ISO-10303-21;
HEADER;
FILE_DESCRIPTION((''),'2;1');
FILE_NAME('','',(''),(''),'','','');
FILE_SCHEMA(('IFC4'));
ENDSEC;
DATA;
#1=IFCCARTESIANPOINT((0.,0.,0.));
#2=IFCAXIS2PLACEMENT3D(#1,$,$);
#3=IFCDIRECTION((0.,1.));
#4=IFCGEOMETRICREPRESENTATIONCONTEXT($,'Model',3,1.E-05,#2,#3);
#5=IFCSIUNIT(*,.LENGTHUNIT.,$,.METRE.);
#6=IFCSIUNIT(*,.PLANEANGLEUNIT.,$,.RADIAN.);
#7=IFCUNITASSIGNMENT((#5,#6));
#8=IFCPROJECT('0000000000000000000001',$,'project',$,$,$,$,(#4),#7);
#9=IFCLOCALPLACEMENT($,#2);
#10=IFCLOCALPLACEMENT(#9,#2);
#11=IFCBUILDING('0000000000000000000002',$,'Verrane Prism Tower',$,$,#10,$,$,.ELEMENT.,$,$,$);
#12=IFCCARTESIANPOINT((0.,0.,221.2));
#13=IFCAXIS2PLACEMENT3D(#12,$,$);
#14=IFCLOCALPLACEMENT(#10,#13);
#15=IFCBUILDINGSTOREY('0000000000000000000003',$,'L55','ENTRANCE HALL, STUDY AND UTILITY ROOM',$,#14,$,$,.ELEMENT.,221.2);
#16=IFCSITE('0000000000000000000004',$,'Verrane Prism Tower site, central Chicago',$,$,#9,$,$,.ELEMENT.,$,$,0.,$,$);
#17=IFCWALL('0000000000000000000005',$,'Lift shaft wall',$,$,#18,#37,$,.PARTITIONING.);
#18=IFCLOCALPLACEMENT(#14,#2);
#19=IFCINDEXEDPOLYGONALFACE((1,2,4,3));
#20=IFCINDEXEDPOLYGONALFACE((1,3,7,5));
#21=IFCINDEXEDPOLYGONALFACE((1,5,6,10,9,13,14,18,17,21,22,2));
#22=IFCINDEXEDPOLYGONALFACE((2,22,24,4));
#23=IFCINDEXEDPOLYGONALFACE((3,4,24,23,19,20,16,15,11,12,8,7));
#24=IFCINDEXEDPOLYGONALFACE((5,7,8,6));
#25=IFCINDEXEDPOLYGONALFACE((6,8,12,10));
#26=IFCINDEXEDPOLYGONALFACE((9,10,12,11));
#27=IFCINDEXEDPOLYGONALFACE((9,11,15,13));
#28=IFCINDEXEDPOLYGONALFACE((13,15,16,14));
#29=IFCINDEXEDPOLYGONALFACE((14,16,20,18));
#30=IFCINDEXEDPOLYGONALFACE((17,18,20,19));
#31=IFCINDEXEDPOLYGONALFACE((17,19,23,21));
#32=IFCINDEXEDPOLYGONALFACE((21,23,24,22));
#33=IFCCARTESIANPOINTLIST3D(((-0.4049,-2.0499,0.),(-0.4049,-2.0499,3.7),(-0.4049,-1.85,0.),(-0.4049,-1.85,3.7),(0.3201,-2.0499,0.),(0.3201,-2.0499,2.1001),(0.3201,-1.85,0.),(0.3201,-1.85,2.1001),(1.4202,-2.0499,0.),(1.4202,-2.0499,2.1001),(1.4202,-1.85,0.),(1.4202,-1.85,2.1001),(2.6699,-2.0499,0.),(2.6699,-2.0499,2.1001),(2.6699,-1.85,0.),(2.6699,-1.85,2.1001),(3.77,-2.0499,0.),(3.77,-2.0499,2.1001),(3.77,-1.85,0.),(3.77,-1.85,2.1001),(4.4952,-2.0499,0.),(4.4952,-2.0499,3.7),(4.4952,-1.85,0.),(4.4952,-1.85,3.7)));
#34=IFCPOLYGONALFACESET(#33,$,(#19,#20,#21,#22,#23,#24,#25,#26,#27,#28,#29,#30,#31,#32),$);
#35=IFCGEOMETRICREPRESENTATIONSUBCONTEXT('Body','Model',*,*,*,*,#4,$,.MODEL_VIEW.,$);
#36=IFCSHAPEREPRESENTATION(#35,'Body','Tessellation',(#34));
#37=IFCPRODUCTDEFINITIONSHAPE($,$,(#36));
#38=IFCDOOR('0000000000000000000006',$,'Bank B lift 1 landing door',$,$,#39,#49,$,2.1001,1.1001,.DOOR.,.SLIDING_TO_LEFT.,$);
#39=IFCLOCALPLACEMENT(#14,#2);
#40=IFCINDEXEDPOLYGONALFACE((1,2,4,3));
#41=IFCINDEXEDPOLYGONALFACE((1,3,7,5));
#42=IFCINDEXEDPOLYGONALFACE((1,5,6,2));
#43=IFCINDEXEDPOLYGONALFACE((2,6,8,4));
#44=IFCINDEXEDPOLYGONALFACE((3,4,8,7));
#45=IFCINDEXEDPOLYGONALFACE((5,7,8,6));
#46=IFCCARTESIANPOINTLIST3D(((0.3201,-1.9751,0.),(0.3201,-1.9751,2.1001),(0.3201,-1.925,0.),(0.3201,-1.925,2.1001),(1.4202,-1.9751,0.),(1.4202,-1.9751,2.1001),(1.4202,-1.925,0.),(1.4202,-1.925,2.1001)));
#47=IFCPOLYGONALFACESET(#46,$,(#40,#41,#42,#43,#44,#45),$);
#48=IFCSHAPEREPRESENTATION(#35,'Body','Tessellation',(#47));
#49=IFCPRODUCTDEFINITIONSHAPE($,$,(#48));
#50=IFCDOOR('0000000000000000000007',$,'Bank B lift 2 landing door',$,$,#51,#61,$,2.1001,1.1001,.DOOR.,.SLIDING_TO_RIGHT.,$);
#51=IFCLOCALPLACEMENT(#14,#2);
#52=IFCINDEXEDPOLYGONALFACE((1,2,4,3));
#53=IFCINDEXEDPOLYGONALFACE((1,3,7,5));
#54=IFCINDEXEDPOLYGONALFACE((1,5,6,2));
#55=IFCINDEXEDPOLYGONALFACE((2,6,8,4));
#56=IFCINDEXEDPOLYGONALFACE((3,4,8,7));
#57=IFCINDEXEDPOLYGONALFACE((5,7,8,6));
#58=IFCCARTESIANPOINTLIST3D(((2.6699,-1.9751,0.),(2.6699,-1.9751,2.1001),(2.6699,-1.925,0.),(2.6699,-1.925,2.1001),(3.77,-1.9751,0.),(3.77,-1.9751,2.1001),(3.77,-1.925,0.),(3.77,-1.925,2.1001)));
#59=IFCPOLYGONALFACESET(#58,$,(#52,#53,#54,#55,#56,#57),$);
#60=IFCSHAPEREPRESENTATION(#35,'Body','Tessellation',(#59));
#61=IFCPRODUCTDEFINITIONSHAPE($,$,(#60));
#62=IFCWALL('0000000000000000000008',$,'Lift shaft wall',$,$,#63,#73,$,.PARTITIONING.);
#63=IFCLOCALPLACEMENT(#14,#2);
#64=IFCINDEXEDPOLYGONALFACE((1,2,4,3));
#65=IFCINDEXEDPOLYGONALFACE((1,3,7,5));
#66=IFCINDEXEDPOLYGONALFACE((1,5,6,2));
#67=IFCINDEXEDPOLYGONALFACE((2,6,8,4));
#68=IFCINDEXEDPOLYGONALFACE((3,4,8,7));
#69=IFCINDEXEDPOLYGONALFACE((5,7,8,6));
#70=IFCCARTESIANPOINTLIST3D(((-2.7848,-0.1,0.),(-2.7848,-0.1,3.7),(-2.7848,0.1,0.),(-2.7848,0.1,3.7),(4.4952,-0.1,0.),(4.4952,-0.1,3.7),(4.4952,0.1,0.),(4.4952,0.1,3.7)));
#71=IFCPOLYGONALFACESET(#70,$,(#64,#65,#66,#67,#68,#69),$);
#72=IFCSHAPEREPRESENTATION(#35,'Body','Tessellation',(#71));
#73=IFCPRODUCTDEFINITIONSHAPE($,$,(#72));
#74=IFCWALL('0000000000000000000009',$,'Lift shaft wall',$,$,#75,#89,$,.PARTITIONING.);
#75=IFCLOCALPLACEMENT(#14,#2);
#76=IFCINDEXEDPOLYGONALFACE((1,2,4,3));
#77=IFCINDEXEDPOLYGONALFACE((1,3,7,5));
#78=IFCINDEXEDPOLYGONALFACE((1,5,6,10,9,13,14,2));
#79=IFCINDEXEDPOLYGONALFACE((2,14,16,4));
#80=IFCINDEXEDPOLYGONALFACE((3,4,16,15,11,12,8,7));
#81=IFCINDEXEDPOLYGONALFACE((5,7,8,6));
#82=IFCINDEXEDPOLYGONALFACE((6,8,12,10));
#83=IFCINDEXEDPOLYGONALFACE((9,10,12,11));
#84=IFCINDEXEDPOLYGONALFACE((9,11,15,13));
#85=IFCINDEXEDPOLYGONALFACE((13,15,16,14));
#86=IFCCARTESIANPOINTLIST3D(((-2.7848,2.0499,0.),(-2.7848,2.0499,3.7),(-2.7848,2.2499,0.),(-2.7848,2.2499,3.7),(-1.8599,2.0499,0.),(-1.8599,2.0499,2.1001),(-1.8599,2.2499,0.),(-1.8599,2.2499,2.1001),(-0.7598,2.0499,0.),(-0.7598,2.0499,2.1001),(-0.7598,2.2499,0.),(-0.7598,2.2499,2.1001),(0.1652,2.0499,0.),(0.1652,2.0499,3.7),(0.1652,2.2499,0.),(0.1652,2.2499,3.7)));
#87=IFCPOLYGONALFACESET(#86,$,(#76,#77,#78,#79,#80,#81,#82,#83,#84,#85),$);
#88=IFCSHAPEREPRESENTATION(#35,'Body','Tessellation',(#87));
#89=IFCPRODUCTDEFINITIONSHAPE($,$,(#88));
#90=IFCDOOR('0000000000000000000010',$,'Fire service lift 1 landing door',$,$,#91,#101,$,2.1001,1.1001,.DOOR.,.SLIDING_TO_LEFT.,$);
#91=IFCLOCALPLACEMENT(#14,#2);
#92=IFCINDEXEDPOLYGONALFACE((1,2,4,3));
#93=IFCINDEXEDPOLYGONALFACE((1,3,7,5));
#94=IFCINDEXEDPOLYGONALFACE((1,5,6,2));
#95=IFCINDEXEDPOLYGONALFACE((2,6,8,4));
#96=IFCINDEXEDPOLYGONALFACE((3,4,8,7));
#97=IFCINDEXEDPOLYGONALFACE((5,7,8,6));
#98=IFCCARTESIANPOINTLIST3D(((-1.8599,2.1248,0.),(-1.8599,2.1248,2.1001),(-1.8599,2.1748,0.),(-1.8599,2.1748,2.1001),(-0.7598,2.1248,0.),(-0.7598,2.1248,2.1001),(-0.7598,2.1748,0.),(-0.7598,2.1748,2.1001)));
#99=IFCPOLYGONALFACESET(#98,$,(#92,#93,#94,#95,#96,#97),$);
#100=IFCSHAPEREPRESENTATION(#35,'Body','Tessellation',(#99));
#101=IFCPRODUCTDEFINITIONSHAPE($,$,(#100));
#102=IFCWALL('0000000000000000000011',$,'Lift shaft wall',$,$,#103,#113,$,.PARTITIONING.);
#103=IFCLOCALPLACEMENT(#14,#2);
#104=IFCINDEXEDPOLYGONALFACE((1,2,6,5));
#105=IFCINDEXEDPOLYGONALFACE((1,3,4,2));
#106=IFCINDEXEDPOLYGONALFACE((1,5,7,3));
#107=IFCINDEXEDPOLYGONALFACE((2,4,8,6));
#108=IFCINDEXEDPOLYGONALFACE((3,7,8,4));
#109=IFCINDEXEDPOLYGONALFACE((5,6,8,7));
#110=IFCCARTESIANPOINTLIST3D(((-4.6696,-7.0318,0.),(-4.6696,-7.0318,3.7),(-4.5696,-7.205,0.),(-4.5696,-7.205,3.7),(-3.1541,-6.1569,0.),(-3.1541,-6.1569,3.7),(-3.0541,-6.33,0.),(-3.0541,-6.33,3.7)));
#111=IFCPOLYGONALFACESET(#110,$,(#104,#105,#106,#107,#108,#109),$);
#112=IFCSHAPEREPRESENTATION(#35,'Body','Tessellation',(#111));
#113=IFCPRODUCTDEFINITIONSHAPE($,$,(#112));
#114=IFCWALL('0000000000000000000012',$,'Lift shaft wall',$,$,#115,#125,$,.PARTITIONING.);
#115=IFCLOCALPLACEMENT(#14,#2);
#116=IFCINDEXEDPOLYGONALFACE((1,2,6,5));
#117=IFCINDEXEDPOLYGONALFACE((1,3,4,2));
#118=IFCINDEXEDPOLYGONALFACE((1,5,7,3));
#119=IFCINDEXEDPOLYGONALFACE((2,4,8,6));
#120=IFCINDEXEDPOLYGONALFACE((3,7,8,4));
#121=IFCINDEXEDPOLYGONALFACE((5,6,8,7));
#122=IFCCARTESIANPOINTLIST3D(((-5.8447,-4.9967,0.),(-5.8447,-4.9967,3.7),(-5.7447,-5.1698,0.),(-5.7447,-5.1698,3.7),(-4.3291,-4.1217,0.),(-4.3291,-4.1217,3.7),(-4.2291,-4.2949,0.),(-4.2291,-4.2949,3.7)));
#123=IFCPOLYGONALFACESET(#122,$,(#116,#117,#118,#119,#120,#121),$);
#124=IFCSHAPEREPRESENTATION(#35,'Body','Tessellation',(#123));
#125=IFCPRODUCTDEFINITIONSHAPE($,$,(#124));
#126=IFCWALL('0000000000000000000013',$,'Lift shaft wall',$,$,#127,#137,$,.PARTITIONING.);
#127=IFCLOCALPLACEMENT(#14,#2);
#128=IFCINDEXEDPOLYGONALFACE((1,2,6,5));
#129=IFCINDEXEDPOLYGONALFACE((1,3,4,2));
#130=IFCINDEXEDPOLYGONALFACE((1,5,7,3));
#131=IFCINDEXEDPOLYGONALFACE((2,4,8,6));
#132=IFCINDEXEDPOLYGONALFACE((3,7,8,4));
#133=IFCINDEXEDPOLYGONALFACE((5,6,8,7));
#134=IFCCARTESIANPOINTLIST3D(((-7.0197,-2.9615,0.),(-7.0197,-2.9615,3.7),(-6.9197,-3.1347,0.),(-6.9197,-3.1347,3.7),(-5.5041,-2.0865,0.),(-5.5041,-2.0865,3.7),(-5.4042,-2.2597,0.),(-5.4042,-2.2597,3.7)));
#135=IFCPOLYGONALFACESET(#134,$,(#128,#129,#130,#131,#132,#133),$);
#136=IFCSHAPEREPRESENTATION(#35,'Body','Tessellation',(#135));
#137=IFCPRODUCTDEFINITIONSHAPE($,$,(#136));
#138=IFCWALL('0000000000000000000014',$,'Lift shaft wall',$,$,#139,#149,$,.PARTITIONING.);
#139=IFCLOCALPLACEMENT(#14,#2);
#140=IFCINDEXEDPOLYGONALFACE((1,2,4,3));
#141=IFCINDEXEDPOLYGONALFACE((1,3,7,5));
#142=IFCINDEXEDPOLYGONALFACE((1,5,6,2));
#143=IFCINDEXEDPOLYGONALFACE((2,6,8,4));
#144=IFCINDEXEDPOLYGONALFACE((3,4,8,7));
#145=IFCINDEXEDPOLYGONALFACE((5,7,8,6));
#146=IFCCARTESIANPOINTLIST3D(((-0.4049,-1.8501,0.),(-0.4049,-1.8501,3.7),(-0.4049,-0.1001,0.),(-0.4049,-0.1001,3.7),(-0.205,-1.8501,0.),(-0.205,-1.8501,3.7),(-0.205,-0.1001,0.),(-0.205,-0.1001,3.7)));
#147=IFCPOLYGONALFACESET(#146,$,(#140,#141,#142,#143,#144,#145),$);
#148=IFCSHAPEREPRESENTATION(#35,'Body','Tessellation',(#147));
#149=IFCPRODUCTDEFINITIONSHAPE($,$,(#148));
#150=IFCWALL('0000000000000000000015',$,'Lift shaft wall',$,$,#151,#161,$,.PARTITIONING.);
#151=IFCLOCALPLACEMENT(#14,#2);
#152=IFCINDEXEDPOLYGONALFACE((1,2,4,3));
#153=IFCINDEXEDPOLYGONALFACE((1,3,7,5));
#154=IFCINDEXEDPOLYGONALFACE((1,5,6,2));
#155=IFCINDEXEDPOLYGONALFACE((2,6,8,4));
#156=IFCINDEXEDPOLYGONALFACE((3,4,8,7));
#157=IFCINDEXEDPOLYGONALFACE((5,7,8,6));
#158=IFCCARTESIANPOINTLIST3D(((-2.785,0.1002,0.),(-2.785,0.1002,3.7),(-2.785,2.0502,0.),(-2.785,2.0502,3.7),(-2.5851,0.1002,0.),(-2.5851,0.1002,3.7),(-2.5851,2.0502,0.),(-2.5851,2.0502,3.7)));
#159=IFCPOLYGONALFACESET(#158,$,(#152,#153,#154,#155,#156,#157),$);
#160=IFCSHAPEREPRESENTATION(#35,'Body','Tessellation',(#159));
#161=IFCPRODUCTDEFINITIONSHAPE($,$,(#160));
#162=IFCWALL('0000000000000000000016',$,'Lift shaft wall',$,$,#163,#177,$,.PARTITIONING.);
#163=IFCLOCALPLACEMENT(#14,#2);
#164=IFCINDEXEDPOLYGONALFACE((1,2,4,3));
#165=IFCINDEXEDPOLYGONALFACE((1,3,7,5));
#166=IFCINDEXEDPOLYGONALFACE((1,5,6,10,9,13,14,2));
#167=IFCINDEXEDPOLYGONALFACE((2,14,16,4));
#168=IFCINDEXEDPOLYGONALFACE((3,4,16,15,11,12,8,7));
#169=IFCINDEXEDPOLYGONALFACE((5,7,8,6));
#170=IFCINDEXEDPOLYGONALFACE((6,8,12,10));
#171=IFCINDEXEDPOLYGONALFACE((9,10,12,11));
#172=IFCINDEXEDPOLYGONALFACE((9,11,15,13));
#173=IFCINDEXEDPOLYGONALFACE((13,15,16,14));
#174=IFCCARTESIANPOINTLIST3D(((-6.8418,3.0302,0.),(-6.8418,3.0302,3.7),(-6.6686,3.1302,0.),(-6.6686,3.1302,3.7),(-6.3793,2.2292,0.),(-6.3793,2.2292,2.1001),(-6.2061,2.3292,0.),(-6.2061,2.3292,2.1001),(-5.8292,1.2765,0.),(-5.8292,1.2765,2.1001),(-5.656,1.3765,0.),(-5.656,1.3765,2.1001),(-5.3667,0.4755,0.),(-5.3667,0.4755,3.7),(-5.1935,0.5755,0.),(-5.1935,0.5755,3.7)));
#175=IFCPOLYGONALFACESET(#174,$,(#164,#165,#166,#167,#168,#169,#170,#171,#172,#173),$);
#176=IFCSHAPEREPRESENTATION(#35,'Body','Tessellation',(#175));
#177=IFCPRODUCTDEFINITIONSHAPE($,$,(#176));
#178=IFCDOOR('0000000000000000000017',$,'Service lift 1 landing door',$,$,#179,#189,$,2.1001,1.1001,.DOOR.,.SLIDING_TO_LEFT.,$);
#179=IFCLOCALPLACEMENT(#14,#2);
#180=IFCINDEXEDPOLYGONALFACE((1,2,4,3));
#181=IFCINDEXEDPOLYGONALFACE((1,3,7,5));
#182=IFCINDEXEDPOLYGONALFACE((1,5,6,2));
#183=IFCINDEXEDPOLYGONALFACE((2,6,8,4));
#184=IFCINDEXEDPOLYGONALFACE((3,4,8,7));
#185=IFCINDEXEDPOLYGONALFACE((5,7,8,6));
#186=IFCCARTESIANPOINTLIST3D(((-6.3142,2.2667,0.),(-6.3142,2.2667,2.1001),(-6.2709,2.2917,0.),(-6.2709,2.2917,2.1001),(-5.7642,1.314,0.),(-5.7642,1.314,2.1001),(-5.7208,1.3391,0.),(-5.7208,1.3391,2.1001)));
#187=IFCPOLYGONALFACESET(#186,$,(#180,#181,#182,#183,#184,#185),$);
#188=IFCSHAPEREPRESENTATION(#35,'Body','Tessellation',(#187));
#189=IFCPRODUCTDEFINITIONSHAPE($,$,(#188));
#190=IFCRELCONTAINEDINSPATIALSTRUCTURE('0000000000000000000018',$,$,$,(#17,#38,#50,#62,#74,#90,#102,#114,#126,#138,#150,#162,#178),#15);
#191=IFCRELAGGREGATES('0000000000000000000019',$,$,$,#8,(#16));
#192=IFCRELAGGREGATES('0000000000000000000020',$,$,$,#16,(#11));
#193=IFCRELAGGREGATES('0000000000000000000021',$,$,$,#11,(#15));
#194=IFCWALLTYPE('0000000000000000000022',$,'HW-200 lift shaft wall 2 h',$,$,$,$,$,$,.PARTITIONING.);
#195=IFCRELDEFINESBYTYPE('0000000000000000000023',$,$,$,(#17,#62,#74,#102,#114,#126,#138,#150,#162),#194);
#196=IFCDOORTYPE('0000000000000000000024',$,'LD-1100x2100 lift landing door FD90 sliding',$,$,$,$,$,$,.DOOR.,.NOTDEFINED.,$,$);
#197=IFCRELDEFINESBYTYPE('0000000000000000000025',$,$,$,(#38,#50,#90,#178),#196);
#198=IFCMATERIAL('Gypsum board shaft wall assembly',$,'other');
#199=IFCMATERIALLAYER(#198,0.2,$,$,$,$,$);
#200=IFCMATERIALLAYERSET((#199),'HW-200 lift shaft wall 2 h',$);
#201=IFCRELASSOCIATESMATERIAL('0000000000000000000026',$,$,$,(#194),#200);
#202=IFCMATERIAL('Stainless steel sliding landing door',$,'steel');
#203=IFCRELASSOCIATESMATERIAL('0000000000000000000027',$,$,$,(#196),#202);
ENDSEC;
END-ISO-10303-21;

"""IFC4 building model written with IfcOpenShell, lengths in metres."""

from ifc_helpers import new_model, si_unit, direction, frame, frame_2d, origin, place, context, subcontext, project, spatial, rectangle, extrude, material, layer, layer_set, type_object, element, fill, save


model = new_model("IFC4")

# Units and contexts
model_context = context("Model", 3, precision=1e-05, world=origin(), true_north=direction((0.0, 1.0)))
body_context = subcontext(model_context, "Body", "Model", "MODEL_VIEW")
ifc_project = project(units=[si_unit("LENGTHUNIT", "METRE"), si_unit("PLANEANGLEUNIT", "RADIAN")], contexts=[model_context])

# Site, building, storey
site_placement = place(None, origin())
site = spatial("IfcSite", under=ifc_project, at=site_placement, Name="Verrane Prism Tower site, central Chicago", CompositionType="ELEMENT", RefElevation=0.0)
building_placement = place(site_placement, origin())
building = spatial("IfcBuilding", under=site, at=building_placement, Name="Verrane Prism Tower", CompositionType="ELEMENT")
storey_placement = place(building_placement, frame((0.0, 0.0, 221.2)))
storey = spatial("IfcBuildingStorey", under=building, at=storey_placement, Name="L55", Description="ENTRANCE HALL, STUDY AND UTILITY ROOM", CompositionType="ELEMENT", Elevation=221.2)

# Wall, openings, doors
ifc_material_1 = material(Name="Gypsum board shaft wall assembly", Category="other")
ifc_layer_1 = layer(ifc_material_1, 0.2)
ifc_layer_set_1 = layer_set([ifc_layer_1], Name="HW-200 lift shaft wall 2 h")
wall_type_1 = type_object("IfcWallType", Name="HW-200 lift shaft wall 2 h", PredefinedType="PARTITIONING", material=ifc_layer_set_1)
wall_1_placement = place(storey_placement, frame((-0.405, -1.95, 0.0), z_axis=(0.0, 0.0, 1.0), x_axis=(1.0, 0.0, 0.0)))
wall_1 = element("IfcWall", 1, at=wall_1_placement, inside=storey, type_object=wall_type_1, Name="Lift shaft wall", PredefinedType="PARTITIONING", context=body_context, shape_type="SweptSolid", body=[
    extrude(rectangle(XDim=4.9001, YDim=0.2, at=frame_2d((2.4502, 0.0))), origin(), (0.0, 0.0, 1.0), 3.7),
])
opening_1_placement = place(wall_1_placement, frame((0.7251, 0.0, 0.0)))
opening_1 = element("IfcOpeningElement", 2, at=opening_1_placement, cuts=wall_1, PredefinedType="OPENING", context=body_context, shape_type="SweptSolid", body=[
    extrude(rectangle(XDim=1.1001, YDim=2.1001, at=frame_2d((0.55, 1.05))), frame((0.0, 0.1099, 0.0), z_axis=(0.0, -1.0, 0.0), x_axis=(1.0, 0.0, 0.0)), (0.0, 0.0, 1.0), 0.22),
])
opening_2_placement = place(wall_1_placement, frame((3.075, 0.0, 0.0)))
opening_2 = element("IfcOpeningElement", 3, at=opening_2_placement, cuts=wall_1, PredefinedType="OPENING", context=body_context, shape_type="SweptSolid", body=[
    extrude(rectangle(XDim=1.1001, YDim=2.1001, at=frame_2d((0.55, 1.05))), frame((0.0, 0.1099, 0.0), z_axis=(0.0, -1.0, 0.0), x_axis=(1.0, 0.0, 0.0)), (0.0, 0.0, 1.0), 0.22),
])
ifc_material_2 = material(Name="Stainless steel sliding landing door", Category="steel")
door_type = type_object("IfcDoorType", Name="LD-1100x2100 lift landing door FD90 sliding", OperationType="NOTDEFINED", PredefinedType="DOOR", material=ifc_material_2)
door_1_placement = place(opening_1_placement, origin())
door_1 = element("IfcDoor", 4, at=door_1_placement, inside=storey, type_object=door_type, Name="Bank B lift 1 landing door", OperationType="SLIDING_TO_LEFT", OverallHeight=2.1001, OverallWidth=1.1001, PredefinedType="DOOR", context=body_context, shape_type="SweptSolid", body=[
    extrude(rectangle(XDim=1.1001, YDim=2.1001, at=frame_2d((0.55, 1.05))), frame((0.0, 0.0249, 0.0), z_axis=(0.0, -1.0, 0.0), x_axis=(1.0, 0.0, 0.0)), (0.0, 0.0, 1.0), 0.05),
])
fill(opening_1, door_1)
door_2_placement = place(opening_2_placement, origin())
door_2 = element("IfcDoor", 5, at=door_2_placement, inside=storey, type_object=door_type, Name="Bank B lift 2 landing door", OperationType="SLIDING_TO_RIGHT", OverallHeight=2.1001, OverallWidth=1.1001, PredefinedType="DOOR", context=body_context, shape_type="SweptSolid", body=[
    extrude(rectangle(XDim=1.1001, YDim=2.1001, at=frame_2d((0.55, 1.05))), frame((0.0, 0.0249, 0.0), z_axis=(0.0, -1.0, 0.0), x_axis=(1.0, 0.0, 0.0)), (0.0, 0.0, 1.0), 0.05),
])
fill(opening_2, door_2)

# Wall
wall_2_placement = place(storey_placement, frame((-2.7849, 0.0, 0.0), z_axis=(0.0, 0.0, 1.0), x_axis=(1.0, 0.0, 0.0)))
element("IfcWall", 6, at=wall_2_placement, inside=storey, type_object=wall_type_1, Name="Lift shaft wall", PredefinedType="PARTITIONING", context=body_context, shape_type="SweptSolid", body=[
    extrude(rectangle(XDim=7.28, YDim=0.2, at=frame_2d((3.6401, 0.0))), origin(), (0.0, 0.0, 1.0), 3.7),
])

# Wall, opening, door
wall_3_placement = place(storey_placement, frame((-2.7849, 2.1499, 0.0), z_axis=(0.0, 0.0, 1.0), x_axis=(1.0, 0.0, 0.0)))
wall_3 = element("IfcWall", 7, at=wall_3_placement, inside=storey, type_object=wall_type_1, Name="Lift shaft wall", PredefinedType="PARTITIONING", context=body_context, shape_type="SweptSolid", body=[
    extrude(rectangle(XDim=2.95, YDim=0.2, at=frame_2d((1.4751, 0.0))), origin(), (0.0, 0.0, 1.0), 3.7),
])
opening_3_placement = place(wall_3_placement, frame((0.925, 0.0, 0.0)))
opening_3 = element("IfcOpeningElement", 8, at=opening_3_placement, cuts=wall_3, PredefinedType="OPENING", context=body_context, shape_type="SweptSolid", body=[
    extrude(rectangle(XDim=1.1001, YDim=2.1001, at=frame_2d((0.55, 1.05))), frame((0.0, 0.1099, 0.0), z_axis=(0.0, -1.0, 0.0), x_axis=(1.0, 0.0, 0.0)), (0.0, 0.0, 1.0), 0.22),
])
door_3_placement = place(opening_3_placement, origin())
door_3 = element("IfcDoor", 9, at=door_3_placement, inside=storey, type_object=door_type, Name="Fire service lift 1 landing door", OperationType="SLIDING_TO_LEFT", OverallHeight=2.1001, OverallWidth=1.1001, PredefinedType="DOOR", context=body_context, shape_type="SweptSolid", body=[
    extrude(rectangle(XDim=1.1001, YDim=2.1001, at=frame_2d((0.55, 1.05))), frame((0.0, 0.0249, 0.0), z_axis=(0.0, -1.0, 0.0), x_axis=(1.0, 0.0, 0.0)), (0.0, 0.0, 1.0), 0.05),
])
fill(opening_3, door_3)

# Walls
for number, where, z_axis, x_axis, name in (
    (10, (-4.6196, -7.1184, 0.0), (0.0, 0.0, 1.0), (0.866037, 0.49998, 0.0), "Lift shaft wall"),
    (11, (-5.7947, -5.0833, 0.0), (0.0, 0.0, 1.0), (0.866037, 0.49998, 0.0), "Lift shaft wall"),
    (12, (-6.9697, -3.0481, 0.0), (0.0, 0.0, 1.0), (0.866037, 0.49998, 0.0), "Lift shaft wall"),
    (13, (-0.3049, -1.8501, 0.0), (0.0, 0.0, 1.0), (0.0, 1.0, 0.0), "Lift shaft wall"),
):
    element("IfcWall", number, at=place(storey_placement, frame(where, z_axis=z_axis, x_axis=x_axis)), inside=storey, type_object=wall_type_1, Name=name, PredefinedType="PARTITIONING", context=body_context, shape_type="SweptSolid", body=[
        extrude(rectangle(XDim=1.75, YDim=0.2, at=frame_2d((0.875, 0.0))), origin(), (0.0, 0.0, 1.0), 3.7),
    ])
wall_4_placement = place(storey_placement, frame((-2.6851, 0.1001, 0.0), z_axis=(0.0, 0.0, 1.0), x_axis=(0.0, 1.0, 0.0)))
element("IfcWall", 14, at=wall_4_placement, inside=storey, type_object=wall_type_1, Name="Lift shaft wall", PredefinedType="PARTITIONING", context=body_context, shape_type="SweptSolid", body=[
    extrude(rectangle(XDim=1.95, YDim=0.2, at=frame_2d((0.9751, 0.0))), origin(), (0.0, 0.0, 1.0), 3.7),
])

# Wall, opening, door
wall_5_placement = place(storey_placement, frame((-5.28, 0.5254, 0.0), z_axis=(0.0, 0.0, 1.0), x_axis=(-0.500038, 0.866004, 0.0)))
wall_5 = element("IfcWall", 15, at=wall_5_placement, inside=storey, type_object=wall_type_1, Name="Lift shaft wall", PredefinedType="PARTITIONING", context=body_context, shape_type="SweptSolid", body=[
    extrude(rectangle(XDim=2.95, YDim=0.2, at=frame_2d((1.4751, 0.0))), origin(), (0.0, 0.0, 1.0), 3.7),
])
opening_4_placement = place(wall_5_placement, frame((0.925, 0.0, 0.0)))
opening_4 = element("IfcOpeningElement", 16, at=opening_4_placement, cuts=wall_5, PredefinedType="OPENING", context=body_context, shape_type="SweptSolid", body=[
    extrude(rectangle(XDim=1.1001, YDim=2.1001, at=frame_2d((0.55, 1.05))), frame((0.0, 0.1099, 0.0), z_axis=(0.0, -1.0, 0.0), x_axis=(1.0, 0.0, 0.0)), (0.0, 0.0, 1.0), 0.22),
])
door_4_placement = place(opening_4_placement, origin())
door_4 = element("IfcDoor", 17, at=door_4_placement, inside=storey, type_object=door_type, Name="Service lift 1 landing door", OperationType="SLIDING_TO_LEFT", OverallHeight=2.1001, OverallWidth=1.1001, PredefinedType="DOOR", context=body_context, shape_type="SweptSolid", body=[
    extrude(rectangle(XDim=1.1001, YDim=2.1001, at=frame_2d((0.55, 1.05))), frame((0.0, 0.0249, 0.0), z_axis=(0.0, -1.0, 0.0), x_axis=(1.0, 0.0, 0.0)), (0.0, 0.0, 1.0), 0.05),
])
fill(opening_4, door_4)

save(model, "model.ifc")
